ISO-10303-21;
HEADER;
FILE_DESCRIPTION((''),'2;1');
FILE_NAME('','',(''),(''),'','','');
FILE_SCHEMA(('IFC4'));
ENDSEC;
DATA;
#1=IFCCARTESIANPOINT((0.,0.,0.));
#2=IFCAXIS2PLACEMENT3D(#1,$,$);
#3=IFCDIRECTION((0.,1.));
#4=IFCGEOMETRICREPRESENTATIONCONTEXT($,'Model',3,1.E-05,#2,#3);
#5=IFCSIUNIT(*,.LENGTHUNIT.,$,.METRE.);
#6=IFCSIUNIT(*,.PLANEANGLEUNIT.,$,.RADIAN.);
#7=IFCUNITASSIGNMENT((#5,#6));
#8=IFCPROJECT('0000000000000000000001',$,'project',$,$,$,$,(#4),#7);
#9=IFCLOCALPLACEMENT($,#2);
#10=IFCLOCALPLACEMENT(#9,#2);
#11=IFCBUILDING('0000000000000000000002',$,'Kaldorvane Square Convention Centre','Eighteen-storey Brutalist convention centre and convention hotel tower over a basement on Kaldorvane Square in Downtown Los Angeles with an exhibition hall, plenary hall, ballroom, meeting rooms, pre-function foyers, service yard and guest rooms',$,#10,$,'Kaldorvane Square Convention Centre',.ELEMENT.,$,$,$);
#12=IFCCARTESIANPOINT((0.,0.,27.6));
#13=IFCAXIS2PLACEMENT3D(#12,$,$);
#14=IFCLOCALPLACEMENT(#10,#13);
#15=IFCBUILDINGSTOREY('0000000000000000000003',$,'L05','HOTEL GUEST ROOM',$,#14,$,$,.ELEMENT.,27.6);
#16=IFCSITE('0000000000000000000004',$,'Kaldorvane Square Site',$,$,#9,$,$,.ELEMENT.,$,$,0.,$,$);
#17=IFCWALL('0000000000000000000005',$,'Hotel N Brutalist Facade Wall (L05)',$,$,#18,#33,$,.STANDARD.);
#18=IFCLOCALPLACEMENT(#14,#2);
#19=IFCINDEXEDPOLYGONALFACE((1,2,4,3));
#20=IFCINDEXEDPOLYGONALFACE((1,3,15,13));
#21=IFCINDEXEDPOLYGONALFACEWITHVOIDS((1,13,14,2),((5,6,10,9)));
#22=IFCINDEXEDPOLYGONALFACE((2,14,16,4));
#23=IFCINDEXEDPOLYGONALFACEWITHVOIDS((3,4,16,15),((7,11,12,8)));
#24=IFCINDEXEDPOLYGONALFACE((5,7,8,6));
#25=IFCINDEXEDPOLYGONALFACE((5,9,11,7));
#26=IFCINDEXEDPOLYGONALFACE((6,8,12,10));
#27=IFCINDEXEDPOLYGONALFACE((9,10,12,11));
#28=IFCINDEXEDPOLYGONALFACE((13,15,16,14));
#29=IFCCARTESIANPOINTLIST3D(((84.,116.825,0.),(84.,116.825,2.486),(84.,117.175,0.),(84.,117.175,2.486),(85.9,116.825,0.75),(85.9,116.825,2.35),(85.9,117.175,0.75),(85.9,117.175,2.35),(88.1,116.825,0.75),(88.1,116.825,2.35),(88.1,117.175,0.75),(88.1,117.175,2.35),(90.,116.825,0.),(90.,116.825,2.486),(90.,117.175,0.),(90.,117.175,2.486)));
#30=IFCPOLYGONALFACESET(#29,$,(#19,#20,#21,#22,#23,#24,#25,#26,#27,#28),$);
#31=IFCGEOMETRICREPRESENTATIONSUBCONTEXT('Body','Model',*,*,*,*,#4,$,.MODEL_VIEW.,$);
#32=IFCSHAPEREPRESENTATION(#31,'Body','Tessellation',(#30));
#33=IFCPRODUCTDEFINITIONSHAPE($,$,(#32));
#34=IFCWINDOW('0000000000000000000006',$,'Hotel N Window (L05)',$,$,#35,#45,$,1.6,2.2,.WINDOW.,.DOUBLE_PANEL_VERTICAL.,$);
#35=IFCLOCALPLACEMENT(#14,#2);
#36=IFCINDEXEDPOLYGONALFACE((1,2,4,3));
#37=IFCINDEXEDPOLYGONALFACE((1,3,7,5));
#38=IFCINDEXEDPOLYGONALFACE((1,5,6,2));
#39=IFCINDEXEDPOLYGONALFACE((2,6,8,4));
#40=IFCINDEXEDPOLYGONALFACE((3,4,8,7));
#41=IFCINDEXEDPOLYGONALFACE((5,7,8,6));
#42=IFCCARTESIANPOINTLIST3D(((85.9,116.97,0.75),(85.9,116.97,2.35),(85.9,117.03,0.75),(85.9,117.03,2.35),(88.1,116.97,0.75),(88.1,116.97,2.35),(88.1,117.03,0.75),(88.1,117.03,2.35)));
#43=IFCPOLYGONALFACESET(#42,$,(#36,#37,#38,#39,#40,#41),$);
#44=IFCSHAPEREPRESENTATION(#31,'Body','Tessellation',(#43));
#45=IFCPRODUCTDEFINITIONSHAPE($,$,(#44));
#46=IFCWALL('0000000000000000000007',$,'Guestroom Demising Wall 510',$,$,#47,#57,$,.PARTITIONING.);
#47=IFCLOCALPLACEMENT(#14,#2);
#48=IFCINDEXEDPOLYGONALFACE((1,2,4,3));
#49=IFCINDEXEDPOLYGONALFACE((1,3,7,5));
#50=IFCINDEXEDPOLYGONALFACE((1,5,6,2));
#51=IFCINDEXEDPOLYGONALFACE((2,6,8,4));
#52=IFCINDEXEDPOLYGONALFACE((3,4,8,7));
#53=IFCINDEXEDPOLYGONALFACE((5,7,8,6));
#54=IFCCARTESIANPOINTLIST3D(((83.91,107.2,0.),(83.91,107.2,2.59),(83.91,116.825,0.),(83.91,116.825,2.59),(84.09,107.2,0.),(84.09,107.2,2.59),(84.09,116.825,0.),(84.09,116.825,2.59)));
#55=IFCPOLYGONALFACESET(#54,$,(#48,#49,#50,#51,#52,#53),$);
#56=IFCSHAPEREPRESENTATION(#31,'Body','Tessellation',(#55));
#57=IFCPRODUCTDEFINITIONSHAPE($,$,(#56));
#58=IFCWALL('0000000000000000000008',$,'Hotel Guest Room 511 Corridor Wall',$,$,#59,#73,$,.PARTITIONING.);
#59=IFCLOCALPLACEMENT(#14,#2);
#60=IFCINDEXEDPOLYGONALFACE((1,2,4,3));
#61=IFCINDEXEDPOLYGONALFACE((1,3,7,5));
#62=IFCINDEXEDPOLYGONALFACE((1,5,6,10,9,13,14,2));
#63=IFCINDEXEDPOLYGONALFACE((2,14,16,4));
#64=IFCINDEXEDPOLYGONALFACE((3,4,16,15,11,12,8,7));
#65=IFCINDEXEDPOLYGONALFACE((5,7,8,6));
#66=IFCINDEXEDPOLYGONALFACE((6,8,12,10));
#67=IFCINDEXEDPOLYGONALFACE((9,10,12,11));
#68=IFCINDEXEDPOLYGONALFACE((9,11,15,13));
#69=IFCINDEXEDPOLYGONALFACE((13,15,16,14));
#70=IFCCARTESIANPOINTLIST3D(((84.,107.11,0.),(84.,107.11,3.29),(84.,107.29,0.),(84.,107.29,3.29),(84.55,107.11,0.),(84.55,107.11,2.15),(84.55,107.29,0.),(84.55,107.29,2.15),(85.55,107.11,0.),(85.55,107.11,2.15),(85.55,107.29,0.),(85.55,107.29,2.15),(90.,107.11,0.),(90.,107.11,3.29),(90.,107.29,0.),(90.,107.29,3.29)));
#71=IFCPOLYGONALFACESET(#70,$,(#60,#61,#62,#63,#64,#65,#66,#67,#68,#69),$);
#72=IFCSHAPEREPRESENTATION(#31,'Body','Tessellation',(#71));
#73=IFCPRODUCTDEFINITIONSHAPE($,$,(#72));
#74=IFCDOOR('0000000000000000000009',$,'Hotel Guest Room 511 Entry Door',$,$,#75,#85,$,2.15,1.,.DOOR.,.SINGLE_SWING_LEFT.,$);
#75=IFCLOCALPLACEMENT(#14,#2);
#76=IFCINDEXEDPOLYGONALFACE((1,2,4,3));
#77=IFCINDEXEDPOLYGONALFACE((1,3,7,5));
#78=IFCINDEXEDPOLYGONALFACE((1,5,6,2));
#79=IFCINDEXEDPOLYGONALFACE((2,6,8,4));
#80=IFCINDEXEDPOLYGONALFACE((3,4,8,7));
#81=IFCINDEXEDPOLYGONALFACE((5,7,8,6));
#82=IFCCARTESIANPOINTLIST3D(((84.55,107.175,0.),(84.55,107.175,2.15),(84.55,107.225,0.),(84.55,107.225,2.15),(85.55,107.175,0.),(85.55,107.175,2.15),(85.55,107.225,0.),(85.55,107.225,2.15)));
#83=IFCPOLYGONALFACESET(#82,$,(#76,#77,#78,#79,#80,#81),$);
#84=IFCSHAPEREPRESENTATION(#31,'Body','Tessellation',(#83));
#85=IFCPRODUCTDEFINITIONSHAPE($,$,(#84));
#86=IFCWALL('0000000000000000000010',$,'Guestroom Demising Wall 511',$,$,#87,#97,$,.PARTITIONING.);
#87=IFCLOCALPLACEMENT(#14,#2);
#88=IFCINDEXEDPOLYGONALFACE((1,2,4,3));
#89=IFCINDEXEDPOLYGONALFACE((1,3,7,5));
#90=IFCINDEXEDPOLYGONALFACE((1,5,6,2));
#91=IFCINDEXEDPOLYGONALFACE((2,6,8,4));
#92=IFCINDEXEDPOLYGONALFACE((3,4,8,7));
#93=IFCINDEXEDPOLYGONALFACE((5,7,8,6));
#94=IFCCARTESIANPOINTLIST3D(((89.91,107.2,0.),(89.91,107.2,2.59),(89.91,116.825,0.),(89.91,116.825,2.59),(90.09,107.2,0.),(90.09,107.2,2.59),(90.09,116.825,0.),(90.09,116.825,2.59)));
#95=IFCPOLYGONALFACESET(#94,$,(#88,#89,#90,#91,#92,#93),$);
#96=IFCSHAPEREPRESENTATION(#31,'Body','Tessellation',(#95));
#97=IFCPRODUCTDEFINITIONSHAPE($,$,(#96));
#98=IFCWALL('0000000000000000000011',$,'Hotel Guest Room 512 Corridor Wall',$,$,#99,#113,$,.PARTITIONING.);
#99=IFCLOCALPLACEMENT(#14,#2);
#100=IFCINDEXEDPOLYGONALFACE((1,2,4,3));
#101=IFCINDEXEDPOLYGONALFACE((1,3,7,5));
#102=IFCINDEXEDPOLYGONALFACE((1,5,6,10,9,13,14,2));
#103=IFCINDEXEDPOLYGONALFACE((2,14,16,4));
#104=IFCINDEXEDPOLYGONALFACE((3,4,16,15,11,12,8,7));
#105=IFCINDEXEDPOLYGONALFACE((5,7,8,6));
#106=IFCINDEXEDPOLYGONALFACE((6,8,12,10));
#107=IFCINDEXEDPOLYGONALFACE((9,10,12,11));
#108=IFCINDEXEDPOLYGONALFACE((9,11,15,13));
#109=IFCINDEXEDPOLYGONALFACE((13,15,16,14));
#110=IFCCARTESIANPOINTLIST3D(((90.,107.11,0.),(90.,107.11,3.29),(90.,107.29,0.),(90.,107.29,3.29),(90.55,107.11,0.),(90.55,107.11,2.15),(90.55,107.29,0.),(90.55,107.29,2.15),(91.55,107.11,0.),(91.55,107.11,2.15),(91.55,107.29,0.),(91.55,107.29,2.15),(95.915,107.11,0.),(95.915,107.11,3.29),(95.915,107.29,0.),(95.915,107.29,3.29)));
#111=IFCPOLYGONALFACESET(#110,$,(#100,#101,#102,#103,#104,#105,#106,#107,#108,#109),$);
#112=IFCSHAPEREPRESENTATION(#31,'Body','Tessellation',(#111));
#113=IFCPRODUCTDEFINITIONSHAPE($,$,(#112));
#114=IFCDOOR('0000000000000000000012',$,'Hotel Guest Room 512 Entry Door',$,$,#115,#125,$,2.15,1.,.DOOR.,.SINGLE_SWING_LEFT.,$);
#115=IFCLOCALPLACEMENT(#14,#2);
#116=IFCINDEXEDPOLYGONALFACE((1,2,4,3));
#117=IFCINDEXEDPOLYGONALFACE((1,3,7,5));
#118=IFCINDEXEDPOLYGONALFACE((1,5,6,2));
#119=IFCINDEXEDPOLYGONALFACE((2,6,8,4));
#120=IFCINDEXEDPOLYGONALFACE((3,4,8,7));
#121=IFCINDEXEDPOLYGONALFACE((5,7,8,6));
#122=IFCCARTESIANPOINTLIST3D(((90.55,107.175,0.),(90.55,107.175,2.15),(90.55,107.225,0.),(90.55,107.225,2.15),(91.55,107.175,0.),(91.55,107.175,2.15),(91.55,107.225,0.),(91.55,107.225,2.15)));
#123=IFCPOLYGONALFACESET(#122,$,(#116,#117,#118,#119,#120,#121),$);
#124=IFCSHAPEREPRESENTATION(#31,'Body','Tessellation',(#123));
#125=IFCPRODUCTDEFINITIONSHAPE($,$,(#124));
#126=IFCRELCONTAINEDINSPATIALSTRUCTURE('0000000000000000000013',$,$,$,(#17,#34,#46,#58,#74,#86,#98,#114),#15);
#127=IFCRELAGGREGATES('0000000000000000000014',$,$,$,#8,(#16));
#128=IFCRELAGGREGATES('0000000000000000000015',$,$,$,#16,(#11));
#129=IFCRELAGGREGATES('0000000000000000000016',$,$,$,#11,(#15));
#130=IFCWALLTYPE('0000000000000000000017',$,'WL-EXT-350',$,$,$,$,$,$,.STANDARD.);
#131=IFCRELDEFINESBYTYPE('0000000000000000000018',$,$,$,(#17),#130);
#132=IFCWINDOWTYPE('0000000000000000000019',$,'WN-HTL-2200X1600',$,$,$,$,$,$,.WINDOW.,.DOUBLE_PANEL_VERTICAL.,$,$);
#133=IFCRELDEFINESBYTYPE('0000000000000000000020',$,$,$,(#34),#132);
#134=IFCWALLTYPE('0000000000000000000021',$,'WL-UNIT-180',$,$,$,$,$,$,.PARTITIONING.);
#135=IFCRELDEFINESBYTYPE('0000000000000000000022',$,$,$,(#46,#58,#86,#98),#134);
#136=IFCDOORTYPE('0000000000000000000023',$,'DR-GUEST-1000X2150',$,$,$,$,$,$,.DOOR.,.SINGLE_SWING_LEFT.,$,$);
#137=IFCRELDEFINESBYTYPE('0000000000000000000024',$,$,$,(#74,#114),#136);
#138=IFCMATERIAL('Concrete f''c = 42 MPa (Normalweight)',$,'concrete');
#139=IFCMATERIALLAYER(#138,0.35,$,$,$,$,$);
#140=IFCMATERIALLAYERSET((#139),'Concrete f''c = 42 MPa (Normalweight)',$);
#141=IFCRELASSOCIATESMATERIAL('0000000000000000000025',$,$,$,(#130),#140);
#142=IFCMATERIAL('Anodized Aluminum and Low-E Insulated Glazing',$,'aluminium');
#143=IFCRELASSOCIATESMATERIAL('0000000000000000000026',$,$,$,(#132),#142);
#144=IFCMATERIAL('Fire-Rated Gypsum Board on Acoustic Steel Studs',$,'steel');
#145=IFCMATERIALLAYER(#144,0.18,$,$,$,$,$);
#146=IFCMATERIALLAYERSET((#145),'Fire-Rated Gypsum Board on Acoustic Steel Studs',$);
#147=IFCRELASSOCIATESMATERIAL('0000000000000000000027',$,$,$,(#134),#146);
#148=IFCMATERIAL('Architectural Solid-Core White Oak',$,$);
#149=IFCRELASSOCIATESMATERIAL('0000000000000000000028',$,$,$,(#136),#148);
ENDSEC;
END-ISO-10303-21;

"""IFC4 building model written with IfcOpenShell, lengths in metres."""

from ifc_helpers import new_model, si_unit, direction, frame, frame_2d, origin, place, context, subcontext, project, spatial, rectangle, extrude, material, layer, layer_set, type_object, element, fill, save


model = new_model("IFC4")

# Units and contexts
model_context = context("Model", 3, precision=1e-05, world=origin(), true_north=direction((0.0, 1.0)))
body_context = subcontext(model_context, "Body", "Model", "MODEL_VIEW")
ifc_project = project(units=[si_unit("LENGTHUNIT", "METRE"), si_unit("PLANEANGLEUNIT", "RADIAN")], contexts=[model_context])

# Site, building, storey
site_placement = place(None, origin())
site = spatial("IfcSite", under=ifc_project, at=site_placement, Name="Kaldorvane Square Site", CompositionType="ELEMENT", RefElevation=0.0)
building_placement = place(site_placement, origin())
building = spatial("IfcBuilding", under=site, at=building_placement, Name="Kaldorvane Square Convention Centre", Description="Eighteen-storey Brutalist convention centre and convention hotel tower over a basement on Kaldorvane Square in Downtown Los Angeles with an exhibition hall, plenary hall, ballroom, meeting rooms, pre-function foyers, service yard and guest rooms", LongName="Kaldorvane Square Convention Centre", CompositionType="ELEMENT")
storey_placement = place(building_placement, frame((0.0, 0.0, 27.6)))
storey = spatial("IfcBuildingStorey", under=building, at=storey_placement, Name="L05", Description="HOTEL GUEST ROOM", CompositionType="ELEMENT", Elevation=27.6)

# Shared definitions
ifc_material_1 = material(Name="Concrete f'c = 42 MPa (Normalweight)", Category="concrete")

# Shared definitions
ifc_material_2 = material(Name="Fire-Rated Gypsum Board on Acoustic Steel Studs", Category="steel")
ifc_material_3 = material(Name="Architectural Solid-Core White Oak")

# Wall, opening, window
ifc_layer_1 = layer(ifc_material_1, 0.35)
ifc_layer_set_1 = layer_set([ifc_layer_1], Name="Concrete f'c = 42 MPa (Normalweight)")
wall_type_1 = type_object("IfcWallType", Name="WL-EXT-350", PredefinedType="STANDARD", material=ifc_layer_set_1)
ifc_material_4 = material(Name="Anodized Aluminum and Low-E Insulated Glazing", Category="aluminium")
window_type = type_object("IfcWindowType", Name="WN-HTL-2200X1600", PartitioningType="DOUBLE_PANEL_VERTICAL", PredefinedType="WINDOW", material=ifc_material_4)
wall_1_placement = place(storey_placement, frame((90.0, 117.0, 0.0), z_axis=(0.0, 0.0, 1.0), x_axis=(-1.0, 0.0, 0.0)))
wall_1 = element("IfcWall", 1, at=wall_1_placement, inside=storey, type_object=wall_type_1, Name="Hotel N Brutalist Facade Wall (L05)", PredefinedType="STANDARD", context=body_context, shape_type="SweptSolid", body=[
    extrude(rectangle(XDim=6.0, YDim=0.35, at=frame_2d((3.0, 0.0))), origin(), (0.0, 0.0, 1.0), 2.486),
])
opening_1_placement = place(wall_1_placement, frame((1.9, 0.0, 0.75)))
opening_1 = element("IfcOpeningElement", 2, at=opening_1_placement, cuts=wall_1, PredefinedType="OPENING", context=body_context, shape_type="SweptSolid", body=[
    extrude(rectangle(XDim=2.2, YDim=1.6, at=frame_2d((1.1, 0.8))), frame((0.0, 0.19, 0.0), z_axis=(0.0, -1.0, 0.0), x_axis=(1.0, 0.0, 0.0)), (0.0, 0.0, 1.0), 0.38),
])
window_1_placement = place(opening_1_placement, origin())
window_1 = element("IfcWindow", 3, at=window_1_placement, inside=storey, type_object=window_type, Name="Hotel N Window (L05)", OverallHeight=1.6, OverallWidth=2.2, PartitioningType="DOUBLE_PANEL_VERTICAL", PredefinedType="WINDOW", context=body_context, shape_type="SweptSolid", body=[
    extrude(rectangle(XDim=2.2, YDim=1.6, at=frame_2d((1.1, 0.8))), frame((0.0, 0.03, 0.0), z_axis=(0.0, -1.0, 0.0), x_axis=(1.0, 0.0, 0.0)), (0.0, 0.0, 1.0), 0.06),
])
fill(opening_1, window_1)

# Wall
ifc_layer_2 = layer(ifc_material_2, 0.18)
ifc_layer_set_2 = layer_set([ifc_layer_2], Name="Fire-Rated Gypsum Board on Acoustic Steel Studs")
wall_type_2 = type_object("IfcWallType", Name="WL-UNIT-180", PredefinedType="PARTITIONING", material=ifc_layer_set_2)
wall_2_placement = place(storey_placement, frame((84.0, 107.2, 0.0), z_axis=(0.0, 0.0, 1.0), x_axis=(0.0, 1.0, 0.0)))
element("IfcWall", 4, at=wall_2_placement, inside=storey, type_object=wall_type_2, Name="Guestroom Demising Wall 510", PredefinedType="PARTITIONING", context=body_context, shape_type="SweptSolid", body=[
    extrude(rectangle(XDim=9.625, YDim=0.18, at=frame_2d((4.8125, 0.0))), origin(), (0.0, 0.0, 1.0), 2.59),
])

# Wall, opening, door
wall_3_placement = place(storey_placement, frame((84.0, 107.2, 0.0), z_axis=(0.0, 0.0, 1.0), x_axis=(1.0, 0.0, 0.0)))
wall_3 = element("IfcWall", 5, at=wall_3_placement, inside=storey, type_object=wall_type_2, Name="Hotel Guest Room 511 Corridor Wall", PredefinedType="PARTITIONING", context=body_context, shape_type="SweptSolid", body=[
    extrude(rectangle(XDim=6.0, YDim=0.18, at=frame_2d((3.0, 0.0))), origin(), (0.0, 0.0, 1.0), 3.29),
])
opening_2_placement = place(wall_3_placement, frame((0.55, 0.0, 0.0)))
opening_2 = element("IfcOpeningElement", 6, at=opening_2_placement, cuts=wall_3, PredefinedType="OPENING", context=body_context, shape_type="SweptSolid", body=[
    extrude(rectangle(XDim=1.0, YDim=2.15, at=frame_2d((0.5, 1.075))), frame((0.0, 0.105, 0.0), z_axis=(0.0, -1.0, 0.0), x_axis=(1.0, 0.0, 0.0)), (0.0, 0.0, 1.0), 0.21),
])
door_type_1 = type_object("IfcDoorType", Name="DR-GUEST-1000X2150", OperationType="SINGLE_SWING_LEFT", PredefinedType="DOOR", material=ifc_material_3)
door_1_placement = place(opening_2_placement, origin())
door_1 = element("IfcDoor", 7, at=door_1_placement, inside=storey, type_object=door_type_1, Name="Hotel Guest Room 511 Entry Door", OperationType="SINGLE_SWING_LEFT", OverallHeight=2.15, OverallWidth=1.0, PredefinedType="DOOR", context=body_context, shape_type="SweptSolid", body=[
    extrude(rectangle(XDim=1.0, YDim=2.15, at=frame_2d((0.5, 1.075))), frame((0.0, 0.025, 0.0), z_axis=(0.0, -1.0, 0.0), x_axis=(1.0, 0.0, 0.0)), (0.0, 0.0, 1.0), 0.05),
])
fill(opening_2, door_1)

# Wall
wall_4_placement = place(storey_placement, frame((90.0, 107.2, 0.0), z_axis=(0.0, 0.0, 1.0), x_axis=(0.0, 1.0, 0.0)))
element("IfcWall", 8, at=wall_4_placement, inside=storey, type_object=wall_type_2, Name="Guestroom Demising Wall 511", PredefinedType="PARTITIONING", context=body_context, shape_type="SweptSolid", body=[
    extrude(rectangle(XDim=9.625, YDim=0.18, at=frame_2d((4.8125, 0.0))), origin(), (0.0, 0.0, 1.0), 2.59),
])

# Wall, opening, door
wall_5_placement = place(storey_placement, frame((90.0, 107.2, 0.0), z_axis=(0.0, 0.0, 1.0), x_axis=(1.0, 0.0, 0.0)))
wall_5 = element("IfcWall", 9, at=wall_5_placement, inside=storey, type_object=wall_type_2, Name="Hotel Guest Room 512 Corridor Wall", PredefinedType="PARTITIONING", context=body_context, shape_type="SweptSolid", body=[
    extrude(rectangle(XDim=5.915, YDim=0.18, at=frame_2d((2.9575, 0.0))), origin(), (0.0, 0.0, 1.0), 3.29),
])
opening_3_placement = place(wall_5_placement, frame((0.55, 0.0, 0.0)))
opening_3 = element("IfcOpeningElement", 10, at=opening_3_placement, cuts=wall_5, PredefinedType="OPENING", context=body_context, shape_type="SweptSolid", body=[
    extrude(rectangle(XDim=1.0, YDim=2.15, at=frame_2d((0.5, 1.075))), frame((0.0, 0.105, 0.0), z_axis=(0.0, -1.0, 0.0), x_axis=(1.0, 0.0, 0.0)), (0.0, 0.0, 1.0), 0.21),
])
door_2_placement = place(opening_3_placement, origin())
door_2 = element("IfcDoor", 11, at=door_2_placement, inside=storey, type_object=door_type_1, Name="Hotel Guest Room 512 Entry Door", OperationType="SINGLE_SWING_LEFT", OverallHeight=2.15, OverallWidth=1.0, PredefinedType="DOOR", context=body_context, shape_type="SweptSolid", body=[
    extrude(rectangle(XDim=1.0, YDim=2.15, at=frame_2d((0.5, 1.075))), frame((0.0, 0.025, 0.0), z_axis=(0.0, -1.0, 0.0), x_axis=(1.0, 0.0, 0.0)), (0.0, 0.0, 1.0), 0.05),
])
fill(opening_3, door_2)

save(model, "model.ifc")
